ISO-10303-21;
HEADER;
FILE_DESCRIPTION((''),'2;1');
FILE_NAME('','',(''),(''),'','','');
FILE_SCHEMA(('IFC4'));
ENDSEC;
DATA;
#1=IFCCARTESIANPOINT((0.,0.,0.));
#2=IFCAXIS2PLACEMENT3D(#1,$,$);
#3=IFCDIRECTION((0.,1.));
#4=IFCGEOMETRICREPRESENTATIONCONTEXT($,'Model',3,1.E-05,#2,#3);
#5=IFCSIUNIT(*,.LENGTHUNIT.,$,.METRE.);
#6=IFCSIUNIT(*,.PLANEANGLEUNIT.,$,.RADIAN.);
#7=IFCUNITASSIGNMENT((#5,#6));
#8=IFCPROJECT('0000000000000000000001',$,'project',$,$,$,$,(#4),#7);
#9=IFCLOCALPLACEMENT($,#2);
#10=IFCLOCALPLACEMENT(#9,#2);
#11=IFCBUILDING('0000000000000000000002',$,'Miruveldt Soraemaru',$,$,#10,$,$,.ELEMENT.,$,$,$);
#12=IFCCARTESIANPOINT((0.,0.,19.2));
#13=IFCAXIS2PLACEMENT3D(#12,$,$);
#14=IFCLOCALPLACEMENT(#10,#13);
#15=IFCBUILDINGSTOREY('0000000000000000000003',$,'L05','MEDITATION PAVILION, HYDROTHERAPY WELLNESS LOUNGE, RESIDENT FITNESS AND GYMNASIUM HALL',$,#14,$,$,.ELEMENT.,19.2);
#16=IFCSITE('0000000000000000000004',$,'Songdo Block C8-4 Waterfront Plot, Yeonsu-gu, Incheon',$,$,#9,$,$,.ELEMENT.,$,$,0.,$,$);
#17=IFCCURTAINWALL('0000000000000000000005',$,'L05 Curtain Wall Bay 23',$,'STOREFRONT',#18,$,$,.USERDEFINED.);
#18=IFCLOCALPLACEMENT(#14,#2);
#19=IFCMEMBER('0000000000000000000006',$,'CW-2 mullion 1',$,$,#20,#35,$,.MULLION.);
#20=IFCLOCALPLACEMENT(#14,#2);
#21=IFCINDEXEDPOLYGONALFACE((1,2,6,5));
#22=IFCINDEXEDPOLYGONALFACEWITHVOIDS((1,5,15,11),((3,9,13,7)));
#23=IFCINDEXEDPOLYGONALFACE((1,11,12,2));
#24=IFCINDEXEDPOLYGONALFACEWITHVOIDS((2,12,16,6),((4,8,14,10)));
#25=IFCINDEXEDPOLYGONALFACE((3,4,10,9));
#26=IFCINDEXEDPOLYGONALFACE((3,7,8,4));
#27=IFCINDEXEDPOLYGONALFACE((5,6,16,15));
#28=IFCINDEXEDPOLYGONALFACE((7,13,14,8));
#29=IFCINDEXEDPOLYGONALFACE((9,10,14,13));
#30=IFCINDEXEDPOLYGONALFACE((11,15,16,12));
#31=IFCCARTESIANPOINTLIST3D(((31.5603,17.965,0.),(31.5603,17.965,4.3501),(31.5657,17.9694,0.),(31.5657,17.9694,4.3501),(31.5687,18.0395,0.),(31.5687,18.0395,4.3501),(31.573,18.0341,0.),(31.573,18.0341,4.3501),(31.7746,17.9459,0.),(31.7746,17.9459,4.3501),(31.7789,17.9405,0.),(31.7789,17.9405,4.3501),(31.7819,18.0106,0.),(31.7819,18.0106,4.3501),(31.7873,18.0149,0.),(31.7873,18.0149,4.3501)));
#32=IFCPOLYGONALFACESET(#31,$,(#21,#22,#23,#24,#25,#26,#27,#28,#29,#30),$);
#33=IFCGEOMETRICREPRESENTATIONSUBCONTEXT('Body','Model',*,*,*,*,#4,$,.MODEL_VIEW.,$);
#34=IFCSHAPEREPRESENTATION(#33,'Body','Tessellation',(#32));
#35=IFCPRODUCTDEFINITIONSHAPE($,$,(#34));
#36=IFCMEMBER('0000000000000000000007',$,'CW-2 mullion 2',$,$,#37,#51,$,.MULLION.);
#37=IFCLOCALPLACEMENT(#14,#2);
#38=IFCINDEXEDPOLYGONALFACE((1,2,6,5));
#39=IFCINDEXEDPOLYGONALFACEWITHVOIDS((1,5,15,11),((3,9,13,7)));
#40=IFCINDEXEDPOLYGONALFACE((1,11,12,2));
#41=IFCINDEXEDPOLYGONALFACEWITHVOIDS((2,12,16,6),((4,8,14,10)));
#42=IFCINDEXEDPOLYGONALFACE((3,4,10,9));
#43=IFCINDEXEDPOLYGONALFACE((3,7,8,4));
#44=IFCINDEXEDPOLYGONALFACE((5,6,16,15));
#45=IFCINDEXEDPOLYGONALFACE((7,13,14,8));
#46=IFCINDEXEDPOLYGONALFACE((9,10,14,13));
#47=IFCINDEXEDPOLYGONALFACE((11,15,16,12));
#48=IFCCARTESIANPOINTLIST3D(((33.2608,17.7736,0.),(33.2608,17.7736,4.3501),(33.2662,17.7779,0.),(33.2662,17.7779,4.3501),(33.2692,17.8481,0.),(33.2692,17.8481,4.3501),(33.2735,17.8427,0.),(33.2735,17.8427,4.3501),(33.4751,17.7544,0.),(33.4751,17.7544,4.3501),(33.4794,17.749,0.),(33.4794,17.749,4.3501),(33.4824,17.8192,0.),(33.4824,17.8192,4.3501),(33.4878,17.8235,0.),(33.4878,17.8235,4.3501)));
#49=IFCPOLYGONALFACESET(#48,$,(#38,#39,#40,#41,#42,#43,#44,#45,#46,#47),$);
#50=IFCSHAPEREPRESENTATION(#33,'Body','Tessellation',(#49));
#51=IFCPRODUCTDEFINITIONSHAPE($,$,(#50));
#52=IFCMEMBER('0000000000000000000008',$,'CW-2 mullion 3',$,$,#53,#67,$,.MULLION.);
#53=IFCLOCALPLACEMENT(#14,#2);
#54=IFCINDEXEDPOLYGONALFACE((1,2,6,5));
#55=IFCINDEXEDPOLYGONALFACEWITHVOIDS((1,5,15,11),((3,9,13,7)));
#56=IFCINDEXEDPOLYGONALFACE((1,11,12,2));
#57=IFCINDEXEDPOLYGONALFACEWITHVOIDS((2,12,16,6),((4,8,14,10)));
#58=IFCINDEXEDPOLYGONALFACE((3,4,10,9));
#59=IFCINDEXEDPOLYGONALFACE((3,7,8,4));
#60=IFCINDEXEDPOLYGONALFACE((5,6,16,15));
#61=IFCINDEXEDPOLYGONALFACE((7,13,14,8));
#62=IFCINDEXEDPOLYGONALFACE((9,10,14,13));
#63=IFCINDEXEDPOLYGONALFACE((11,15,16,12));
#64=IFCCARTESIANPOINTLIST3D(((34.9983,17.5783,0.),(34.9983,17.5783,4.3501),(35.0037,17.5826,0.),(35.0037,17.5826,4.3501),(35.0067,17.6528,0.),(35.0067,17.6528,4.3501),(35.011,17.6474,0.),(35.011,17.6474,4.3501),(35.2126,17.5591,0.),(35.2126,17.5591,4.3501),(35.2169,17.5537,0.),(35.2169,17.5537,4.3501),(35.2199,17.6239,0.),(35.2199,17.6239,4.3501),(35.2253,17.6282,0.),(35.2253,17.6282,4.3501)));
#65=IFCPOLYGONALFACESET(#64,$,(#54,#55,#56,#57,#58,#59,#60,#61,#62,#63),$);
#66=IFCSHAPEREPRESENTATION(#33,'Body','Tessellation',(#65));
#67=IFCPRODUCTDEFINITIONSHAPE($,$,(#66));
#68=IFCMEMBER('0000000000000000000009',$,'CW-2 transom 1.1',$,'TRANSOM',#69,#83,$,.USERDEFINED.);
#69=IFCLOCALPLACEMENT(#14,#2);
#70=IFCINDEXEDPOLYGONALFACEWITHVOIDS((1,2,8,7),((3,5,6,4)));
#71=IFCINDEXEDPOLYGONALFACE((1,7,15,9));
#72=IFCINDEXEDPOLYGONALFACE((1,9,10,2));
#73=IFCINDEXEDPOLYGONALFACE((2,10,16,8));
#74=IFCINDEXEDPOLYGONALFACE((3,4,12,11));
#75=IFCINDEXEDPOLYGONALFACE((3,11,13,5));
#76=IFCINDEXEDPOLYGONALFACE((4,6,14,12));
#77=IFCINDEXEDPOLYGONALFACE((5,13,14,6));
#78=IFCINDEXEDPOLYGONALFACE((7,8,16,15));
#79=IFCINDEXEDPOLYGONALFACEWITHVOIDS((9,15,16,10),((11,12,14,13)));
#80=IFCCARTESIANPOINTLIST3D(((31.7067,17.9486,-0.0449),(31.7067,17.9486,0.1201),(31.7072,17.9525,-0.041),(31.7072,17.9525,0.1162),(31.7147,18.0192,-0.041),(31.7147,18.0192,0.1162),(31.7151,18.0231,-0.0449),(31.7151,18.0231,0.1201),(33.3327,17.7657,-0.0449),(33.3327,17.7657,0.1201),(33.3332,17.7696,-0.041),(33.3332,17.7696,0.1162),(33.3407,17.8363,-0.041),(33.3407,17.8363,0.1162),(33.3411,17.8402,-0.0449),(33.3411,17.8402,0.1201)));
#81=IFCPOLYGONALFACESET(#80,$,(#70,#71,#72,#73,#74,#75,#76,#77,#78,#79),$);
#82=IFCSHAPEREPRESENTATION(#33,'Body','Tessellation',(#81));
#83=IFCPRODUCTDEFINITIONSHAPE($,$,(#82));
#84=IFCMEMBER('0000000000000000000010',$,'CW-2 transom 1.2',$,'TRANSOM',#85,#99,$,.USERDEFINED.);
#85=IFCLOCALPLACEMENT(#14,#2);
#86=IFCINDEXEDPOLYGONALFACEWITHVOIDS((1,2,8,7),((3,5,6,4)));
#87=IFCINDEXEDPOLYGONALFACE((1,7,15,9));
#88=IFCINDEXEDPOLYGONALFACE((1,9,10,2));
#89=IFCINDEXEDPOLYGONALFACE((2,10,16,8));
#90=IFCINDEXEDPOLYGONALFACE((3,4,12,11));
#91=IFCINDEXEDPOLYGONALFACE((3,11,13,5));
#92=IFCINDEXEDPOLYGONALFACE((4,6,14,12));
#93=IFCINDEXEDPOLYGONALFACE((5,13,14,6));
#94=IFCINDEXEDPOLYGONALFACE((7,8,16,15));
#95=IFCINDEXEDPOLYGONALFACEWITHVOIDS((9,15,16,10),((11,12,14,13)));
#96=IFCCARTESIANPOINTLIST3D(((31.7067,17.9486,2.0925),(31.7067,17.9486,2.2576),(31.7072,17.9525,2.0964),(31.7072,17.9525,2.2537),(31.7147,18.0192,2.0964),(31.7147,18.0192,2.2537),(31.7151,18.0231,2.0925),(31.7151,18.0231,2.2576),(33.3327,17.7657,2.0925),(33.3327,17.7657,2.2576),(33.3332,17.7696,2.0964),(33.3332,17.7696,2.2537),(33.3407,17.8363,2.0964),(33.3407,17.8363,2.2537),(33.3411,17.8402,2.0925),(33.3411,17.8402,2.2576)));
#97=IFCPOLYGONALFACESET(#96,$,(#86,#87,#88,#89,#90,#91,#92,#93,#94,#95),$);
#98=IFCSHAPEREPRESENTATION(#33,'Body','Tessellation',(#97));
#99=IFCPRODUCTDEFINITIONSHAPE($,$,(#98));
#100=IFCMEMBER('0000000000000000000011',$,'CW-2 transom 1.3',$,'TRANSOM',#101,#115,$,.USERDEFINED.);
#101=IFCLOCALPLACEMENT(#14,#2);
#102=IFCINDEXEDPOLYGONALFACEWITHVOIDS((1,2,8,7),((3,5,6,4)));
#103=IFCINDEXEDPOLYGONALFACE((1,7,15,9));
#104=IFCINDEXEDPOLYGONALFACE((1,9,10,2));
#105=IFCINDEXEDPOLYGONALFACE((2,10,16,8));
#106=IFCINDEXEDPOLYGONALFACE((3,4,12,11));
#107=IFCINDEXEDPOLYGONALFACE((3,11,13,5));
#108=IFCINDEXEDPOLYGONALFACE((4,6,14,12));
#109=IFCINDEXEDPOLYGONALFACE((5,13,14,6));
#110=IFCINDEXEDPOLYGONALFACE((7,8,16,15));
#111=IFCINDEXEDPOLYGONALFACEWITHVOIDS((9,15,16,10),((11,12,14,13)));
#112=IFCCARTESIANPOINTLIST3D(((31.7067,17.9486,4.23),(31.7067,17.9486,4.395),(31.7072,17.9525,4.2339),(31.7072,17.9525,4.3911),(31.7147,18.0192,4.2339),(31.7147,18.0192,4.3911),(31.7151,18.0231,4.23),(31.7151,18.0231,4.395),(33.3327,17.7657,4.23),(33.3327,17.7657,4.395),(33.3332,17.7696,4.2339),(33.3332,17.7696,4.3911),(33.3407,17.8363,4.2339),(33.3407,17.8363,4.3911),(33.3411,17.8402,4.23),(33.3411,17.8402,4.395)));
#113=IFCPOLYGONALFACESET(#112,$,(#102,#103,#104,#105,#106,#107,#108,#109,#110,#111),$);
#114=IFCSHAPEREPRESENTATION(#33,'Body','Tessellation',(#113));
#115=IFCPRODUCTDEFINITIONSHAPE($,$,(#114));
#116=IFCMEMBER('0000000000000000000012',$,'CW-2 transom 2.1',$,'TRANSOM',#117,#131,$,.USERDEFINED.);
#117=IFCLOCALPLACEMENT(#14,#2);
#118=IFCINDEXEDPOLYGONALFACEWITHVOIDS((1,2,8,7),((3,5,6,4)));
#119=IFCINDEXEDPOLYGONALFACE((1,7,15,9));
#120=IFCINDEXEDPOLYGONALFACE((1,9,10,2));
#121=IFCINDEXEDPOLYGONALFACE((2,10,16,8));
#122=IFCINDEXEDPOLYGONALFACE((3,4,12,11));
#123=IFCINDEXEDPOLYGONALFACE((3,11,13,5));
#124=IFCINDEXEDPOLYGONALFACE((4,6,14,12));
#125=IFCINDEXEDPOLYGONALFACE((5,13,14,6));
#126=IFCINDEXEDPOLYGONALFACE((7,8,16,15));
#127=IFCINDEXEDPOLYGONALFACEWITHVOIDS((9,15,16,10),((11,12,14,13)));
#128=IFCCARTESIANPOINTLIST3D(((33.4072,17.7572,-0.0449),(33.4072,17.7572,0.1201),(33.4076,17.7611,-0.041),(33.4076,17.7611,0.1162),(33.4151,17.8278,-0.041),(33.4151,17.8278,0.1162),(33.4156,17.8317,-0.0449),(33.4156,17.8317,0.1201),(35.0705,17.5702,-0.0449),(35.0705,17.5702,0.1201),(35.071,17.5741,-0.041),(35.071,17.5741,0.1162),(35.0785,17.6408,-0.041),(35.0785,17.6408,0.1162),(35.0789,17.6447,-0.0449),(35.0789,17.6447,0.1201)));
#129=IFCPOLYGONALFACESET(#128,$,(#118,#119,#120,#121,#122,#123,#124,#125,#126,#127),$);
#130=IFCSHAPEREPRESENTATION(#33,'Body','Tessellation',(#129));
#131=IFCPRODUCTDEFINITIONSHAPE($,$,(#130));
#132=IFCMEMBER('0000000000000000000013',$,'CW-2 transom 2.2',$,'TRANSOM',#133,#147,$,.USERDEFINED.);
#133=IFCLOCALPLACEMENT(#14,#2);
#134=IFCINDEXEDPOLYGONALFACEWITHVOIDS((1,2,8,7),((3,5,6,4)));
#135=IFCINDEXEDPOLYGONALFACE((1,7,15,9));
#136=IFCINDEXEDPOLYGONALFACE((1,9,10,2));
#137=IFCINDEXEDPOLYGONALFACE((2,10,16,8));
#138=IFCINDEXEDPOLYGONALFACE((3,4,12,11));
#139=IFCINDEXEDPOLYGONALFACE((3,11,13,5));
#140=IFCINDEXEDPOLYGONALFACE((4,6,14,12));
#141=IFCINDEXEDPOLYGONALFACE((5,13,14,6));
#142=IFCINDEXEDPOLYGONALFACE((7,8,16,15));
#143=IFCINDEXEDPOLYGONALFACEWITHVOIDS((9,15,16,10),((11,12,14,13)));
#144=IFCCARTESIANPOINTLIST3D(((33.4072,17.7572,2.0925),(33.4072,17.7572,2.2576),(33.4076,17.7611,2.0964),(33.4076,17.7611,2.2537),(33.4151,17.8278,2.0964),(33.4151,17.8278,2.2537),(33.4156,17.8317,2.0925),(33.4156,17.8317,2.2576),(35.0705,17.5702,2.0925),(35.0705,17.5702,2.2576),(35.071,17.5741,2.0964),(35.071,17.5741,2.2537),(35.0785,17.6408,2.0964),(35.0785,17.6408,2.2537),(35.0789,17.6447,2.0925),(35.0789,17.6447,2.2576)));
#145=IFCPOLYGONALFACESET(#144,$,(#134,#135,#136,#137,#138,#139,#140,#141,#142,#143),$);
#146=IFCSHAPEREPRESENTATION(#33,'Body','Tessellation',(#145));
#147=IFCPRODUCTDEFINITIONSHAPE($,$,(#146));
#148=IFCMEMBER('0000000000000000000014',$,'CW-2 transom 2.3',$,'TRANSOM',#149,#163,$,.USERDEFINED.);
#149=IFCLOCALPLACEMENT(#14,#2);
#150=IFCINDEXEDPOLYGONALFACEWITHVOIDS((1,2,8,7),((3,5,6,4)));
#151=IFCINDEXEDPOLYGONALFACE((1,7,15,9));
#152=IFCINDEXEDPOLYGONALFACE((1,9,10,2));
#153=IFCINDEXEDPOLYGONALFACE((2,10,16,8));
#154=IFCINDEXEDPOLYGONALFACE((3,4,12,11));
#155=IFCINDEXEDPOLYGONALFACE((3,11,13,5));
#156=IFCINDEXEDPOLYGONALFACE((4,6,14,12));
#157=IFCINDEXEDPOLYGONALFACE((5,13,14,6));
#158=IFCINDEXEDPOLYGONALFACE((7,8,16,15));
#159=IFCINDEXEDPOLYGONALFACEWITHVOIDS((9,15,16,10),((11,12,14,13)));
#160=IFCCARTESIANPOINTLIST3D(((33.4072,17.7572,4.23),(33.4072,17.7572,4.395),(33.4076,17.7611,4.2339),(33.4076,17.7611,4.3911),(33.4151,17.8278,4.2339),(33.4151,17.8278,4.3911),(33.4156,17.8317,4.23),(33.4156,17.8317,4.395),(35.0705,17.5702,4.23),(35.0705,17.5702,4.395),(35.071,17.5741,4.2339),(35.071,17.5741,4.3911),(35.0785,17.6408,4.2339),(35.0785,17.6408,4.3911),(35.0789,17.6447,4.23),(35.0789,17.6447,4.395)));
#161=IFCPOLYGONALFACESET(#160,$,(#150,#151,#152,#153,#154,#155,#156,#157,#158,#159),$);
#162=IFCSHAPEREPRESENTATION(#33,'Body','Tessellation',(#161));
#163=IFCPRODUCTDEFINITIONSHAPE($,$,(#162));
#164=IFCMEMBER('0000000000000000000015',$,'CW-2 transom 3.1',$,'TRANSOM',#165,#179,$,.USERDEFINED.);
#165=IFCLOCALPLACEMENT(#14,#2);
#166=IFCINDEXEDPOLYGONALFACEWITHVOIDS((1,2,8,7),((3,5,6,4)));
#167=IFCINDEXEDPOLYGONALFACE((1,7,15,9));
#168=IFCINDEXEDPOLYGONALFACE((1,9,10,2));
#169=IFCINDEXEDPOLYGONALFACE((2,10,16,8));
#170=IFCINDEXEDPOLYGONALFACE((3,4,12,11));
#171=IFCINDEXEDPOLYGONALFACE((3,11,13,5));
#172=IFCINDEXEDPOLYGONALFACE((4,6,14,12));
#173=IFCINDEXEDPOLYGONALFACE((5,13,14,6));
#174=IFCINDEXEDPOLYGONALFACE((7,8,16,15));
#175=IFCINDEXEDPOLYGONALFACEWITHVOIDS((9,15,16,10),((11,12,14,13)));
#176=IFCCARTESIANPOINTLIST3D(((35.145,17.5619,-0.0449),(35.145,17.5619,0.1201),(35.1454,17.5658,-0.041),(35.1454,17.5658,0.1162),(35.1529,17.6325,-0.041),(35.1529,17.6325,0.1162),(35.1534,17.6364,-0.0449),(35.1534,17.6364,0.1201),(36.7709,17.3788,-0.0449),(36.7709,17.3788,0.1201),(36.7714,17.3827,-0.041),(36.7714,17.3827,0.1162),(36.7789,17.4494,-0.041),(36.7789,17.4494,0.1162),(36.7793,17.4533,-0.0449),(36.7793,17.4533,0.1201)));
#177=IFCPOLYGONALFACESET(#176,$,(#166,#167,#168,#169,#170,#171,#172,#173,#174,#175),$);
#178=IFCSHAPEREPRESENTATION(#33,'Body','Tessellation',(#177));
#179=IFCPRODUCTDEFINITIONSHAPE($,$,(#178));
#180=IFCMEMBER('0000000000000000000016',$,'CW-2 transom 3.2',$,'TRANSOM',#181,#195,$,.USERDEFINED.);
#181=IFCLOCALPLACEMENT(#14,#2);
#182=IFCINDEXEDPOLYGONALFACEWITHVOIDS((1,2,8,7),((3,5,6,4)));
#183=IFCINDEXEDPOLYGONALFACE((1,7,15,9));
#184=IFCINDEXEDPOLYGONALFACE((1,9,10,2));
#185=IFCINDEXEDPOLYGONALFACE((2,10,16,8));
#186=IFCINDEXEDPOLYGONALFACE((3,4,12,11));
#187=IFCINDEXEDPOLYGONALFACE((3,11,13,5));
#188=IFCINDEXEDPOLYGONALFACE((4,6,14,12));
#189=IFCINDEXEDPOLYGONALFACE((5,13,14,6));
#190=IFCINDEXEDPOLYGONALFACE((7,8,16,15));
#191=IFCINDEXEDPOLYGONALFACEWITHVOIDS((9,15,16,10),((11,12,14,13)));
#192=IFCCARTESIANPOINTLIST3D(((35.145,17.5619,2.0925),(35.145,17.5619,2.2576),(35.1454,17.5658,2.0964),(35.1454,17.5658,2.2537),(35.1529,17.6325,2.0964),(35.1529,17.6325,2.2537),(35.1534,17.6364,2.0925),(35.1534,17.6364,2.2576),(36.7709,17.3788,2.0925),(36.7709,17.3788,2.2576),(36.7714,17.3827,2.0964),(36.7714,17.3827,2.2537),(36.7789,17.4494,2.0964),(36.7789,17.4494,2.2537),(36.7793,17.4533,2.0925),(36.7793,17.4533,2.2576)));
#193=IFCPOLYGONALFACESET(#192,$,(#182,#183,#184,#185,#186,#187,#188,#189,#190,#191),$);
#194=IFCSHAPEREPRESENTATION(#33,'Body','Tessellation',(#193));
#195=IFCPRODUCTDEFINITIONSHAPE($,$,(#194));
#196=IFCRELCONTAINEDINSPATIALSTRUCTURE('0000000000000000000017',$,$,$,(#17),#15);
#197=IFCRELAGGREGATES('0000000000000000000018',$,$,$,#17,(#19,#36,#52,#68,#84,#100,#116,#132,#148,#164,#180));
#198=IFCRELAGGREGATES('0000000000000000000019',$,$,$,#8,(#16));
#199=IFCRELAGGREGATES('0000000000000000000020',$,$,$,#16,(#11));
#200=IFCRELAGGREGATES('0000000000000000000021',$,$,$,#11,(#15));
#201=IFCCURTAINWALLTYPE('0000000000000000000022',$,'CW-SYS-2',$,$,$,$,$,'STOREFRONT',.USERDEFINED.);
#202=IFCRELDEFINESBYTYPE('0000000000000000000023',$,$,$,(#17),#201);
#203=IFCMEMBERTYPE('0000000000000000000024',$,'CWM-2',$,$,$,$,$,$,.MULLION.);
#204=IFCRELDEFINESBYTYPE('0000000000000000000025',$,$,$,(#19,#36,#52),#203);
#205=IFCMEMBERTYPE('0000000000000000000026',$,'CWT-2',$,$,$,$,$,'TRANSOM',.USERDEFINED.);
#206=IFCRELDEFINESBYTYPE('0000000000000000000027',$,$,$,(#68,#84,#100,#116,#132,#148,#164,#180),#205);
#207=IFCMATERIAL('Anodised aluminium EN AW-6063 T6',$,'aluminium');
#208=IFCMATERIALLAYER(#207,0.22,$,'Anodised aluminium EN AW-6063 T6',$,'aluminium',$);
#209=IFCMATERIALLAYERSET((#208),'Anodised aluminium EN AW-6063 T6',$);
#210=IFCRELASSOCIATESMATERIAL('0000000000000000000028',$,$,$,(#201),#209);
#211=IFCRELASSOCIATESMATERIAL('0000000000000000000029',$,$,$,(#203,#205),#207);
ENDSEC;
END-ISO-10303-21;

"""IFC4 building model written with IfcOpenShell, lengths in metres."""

from ifc_helpers import new_model, si_unit, direction, frame, origin, origin_2d, place, context, subcontext, project, spatial, hollow_rectangle, extrude, material, layer, layer_set, material_profile, profile_set, type_object, element, aggregate, save


model = new_model("IFC4")

# Units and contexts
model_context = context("Model", 3, precision=1e-05, world=origin(), true_north=direction((0.0, 1.0)))
body_context = subcontext(model_context, "Body", "Model", "MODEL_VIEW")
ifc_project = project(units=[si_unit("LENGTHUNIT", "METRE"), si_unit("PLANEANGLEUNIT", "RADIAN")], contexts=[model_context])

# Site, building, storey
site_placement = place(None, origin())
site = spatial("IfcSite", under=ifc_project, at=site_placement, Name="Songdo Block C8-4 Waterfront Plot, Yeonsu-gu, Incheon", CompositionType="ELEMENT", RefElevation=0.0)
building_placement = place(site_placement, origin())
building = spatial("IfcBuilding", under=site, at=building_placement, Name="Miruveldt Soraemaru", CompositionType="ELEMENT")
storey_placement = place(building_placement, frame((0.0, 0.0, 19.2)))
storey = spatial("IfcBuildingStorey", under=building, at=storey_placement, Name="L05", Description="MEDITATION PAVILION, HYDROTHERAPY WELLNESS LOUNGE, RESIDENT FITNESS AND GYMNASIUM HALL", CompositionType="ELEMENT", Elevation=19.2)

# Curtain wall, members
ifc_material_1 = material(Name="Anodised aluminium EN AW-6063 T6", Category="aluminium")
ifc_layer_1 = layer(ifc_material_1, 0.22, Name="Anodised aluminium EN AW-6063 T6", Category="aluminium")
ifc_layer_set_1 = layer_set([ifc_layer_1], Name="Anodised aluminium EN AW-6063 T6")
curtain_wall_type = type_object("IfcCurtainWallType", Name="CW-SYS-2", ElementType="STOREFRONT", PredefinedType="USERDEFINED", material=ifc_layer_set_1)
curtain_wall_placement = place(storey_placement, origin())
curtain_wall = element("IfcCurtainWall", 1, at=curtain_wall_placement, inside=storey, type_object=curtain_wall_type, Name="L05 Curtain Wall Bay 23", ObjectType="STOREFRONT", PredefinedType="USERDEFINED")
ifc_material_profile_1 = material_profile(ifc_material_1, hollow_rectangle(XDim=0.075, YDim=0.22, WallThickness=0.0049, at=origin_2d()), Name="Anodised aluminium EN AW-6063 T6", Category="aluminium")
ifc_profile_set_1 = profile_set([ifc_material_profile_1], Name="Anodised aluminium EN AW-6063 T6")
member_type_1 = type_object("IfcMemberType", Name="CWM-2", PredefinedType="MULLION", material=ifc_profile_set_1)
member_1_placement = place(storey_placement, frame((31.6738, 17.99, 0.0), z_axis=(0.0, 0.0, 1.0), x_axis=(0.1118, 0.993731, 0.0)))
member_1 = element("IfcMember", 2, at=member_1_placement, type_object=member_type_1, Name="CW-2 mullion 1", PredefinedType="MULLION", context=body_context, shape_type="SweptSolid", body=[
    extrude(hollow_rectangle(XDim=0.075, YDim=0.22, WallThickness=0.0049, at=origin_2d()), origin(), (0.0, 0.0, 1.0), 4.3501),
])
member_2_placement = place(storey_placement, frame((33.3743, 17.7986, 0.0), z_axis=(0.0, 0.0, 1.0), x_axis=(0.1118, 0.993731, 0.0)))
member_2 = element("IfcMember", 3, at=member_2_placement, type_object=member_type_1, Name="CW-2 mullion 2", PredefinedType="MULLION", context=body_context, shape_type="SweptSolid", body=[
    extrude(hollow_rectangle(XDim=0.075, YDim=0.22, WallThickness=0.0049, at=origin_2d()), origin(), (0.0, 0.0, 1.0), 4.3501),
])
member_3_placement = place(storey_placement, frame((35.1118, 17.6033, 0.0), z_axis=(0.0, 0.0, 1.0), x_axis=(0.1118, 0.993731, 0.0)))
member_3 = element("IfcMember", 4, at=member_3_placement, type_object=member_type_1, Name="CW-2 mullion 3", PredefinedType="MULLION", context=body_context, shape_type="SweptSolid", body=[
    extrude(hollow_rectangle(XDim=0.075, YDim=0.22, WallThickness=0.0049, at=origin_2d()), origin(), (0.0, 0.0, 1.0), 4.3501),
])
ifc_material_profile_2 = material_profile(ifc_material_1, hollow_rectangle(XDim=0.075, YDim=0.165, WallThickness=0.0039, at=origin_2d()), Name="Anodised aluminium EN AW-6063 T6", Category="aluminium")
ifc_profile_set_2 = profile_set([ifc_material_profile_2], Name="Anodised aluminium EN AW-6063 T6")
member_type_2 = type_object("IfcMemberType", Name="CWT-2", ElementType="TRANSOM", PredefinedType="USERDEFINED", material=ifc_profile_set_2)
member_4_placement = place(storey_placement, frame((31.7109, 17.9858, 0.0376), z_axis=(0.993735, -0.111758, 0.0), x_axis=(0.111758, 0.993735, 0.0)))
member_4 = element("IfcMember", 5, at=member_4_placement, type_object=member_type_2, Name="CW-2 transom 1.1", ObjectType="TRANSOM", PredefinedType="USERDEFINED", context=body_context, shape_type="SweptSolid", body=[
    extrude(hollow_rectangle(XDim=0.075, YDim=0.165, WallThickness=0.0039, at=origin_2d()), origin(), (0.0, 0.0, 1.0), 1.6362),
])
member_5_placement = place(storey_placement, frame((31.7109, 17.9858, 2.175), z_axis=(0.993735, -0.111758, 0.0), x_axis=(0.111758, 0.993735, 0.0)))
member_5 = element("IfcMember", 6, at=member_5_placement, type_object=member_type_2, Name="CW-2 transom 1.2", ObjectType="TRANSOM", PredefinedType="USERDEFINED", context=body_context, shape_type="SweptSolid", body=[
    extrude(hollow_rectangle(XDim=0.075, YDim=0.165, WallThickness=0.0039, at=origin_2d()), origin(), (0.0, 0.0, 1.0), 1.6362),
])
member_6_placement = place(storey_placement, frame((31.7109, 17.9858, 4.3125), z_axis=(0.993735, -0.111758, 0.0), x_axis=(0.111758, 0.993735, 0.0)))
member_6 = element("IfcMember", 7, at=member_6_placement, type_object=member_type_2, Name="CW-2 transom 1.3", ObjectType="TRANSOM", PredefinedType="USERDEFINED", context=body_context, shape_type="SweptSolid", body=[
    extrude(hollow_rectangle(XDim=0.075, YDim=0.165, WallThickness=0.0039, at=origin_2d()), origin(), (0.0, 0.0, 1.0), 1.6362),
])
member_7_placement = place(storey_placement, frame((33.4114, 17.7944, 0.0376), z_axis=(0.993739, -0.111728, 0.0), x_axis=(0.111728, 0.993739, 0.0)))
member_7 = element("IfcMember", 8, at=member_7_placement, type_object=member_type_2, Name="CW-2 transom 2.1", ObjectType="TRANSOM", PredefinedType="USERDEFINED", context=body_context, shape_type="SweptSolid", body=[
    extrude(hollow_rectangle(XDim=0.075, YDim=0.165, WallThickness=0.0039, at=origin_2d()), origin(), (0.0, 0.0, 1.0), 1.6738),
])
member_8_placement = place(storey_placement, frame((33.4114, 17.7944, 2.175), z_axis=(0.993739, -0.111728, 0.0), x_axis=(0.111728, 0.993739, 0.0)))
member_8 = element("IfcMember", 9, at=member_8_placement, type_object=member_type_2, Name="CW-2 transom 2.2", ObjectType="TRANSOM", PredefinedType="USERDEFINED", context=body_context, shape_type="SweptSolid", body=[
    extrude(hollow_rectangle(XDim=0.075, YDim=0.165, WallThickness=0.0039, at=origin_2d()), origin(), (0.0, 0.0, 1.0), 1.6738),
])
member_9_placement = place(storey_placement, frame((33.4114, 17.7944, 4.3125), z_axis=(0.993739, -0.111728, 0.0), x_axis=(0.111728, 0.993739, 0.0)))
member_9 = element("IfcMember", 10, at=member_9_placement, type_object=member_type_2, Name="CW-2 transom 2.3", ObjectType="TRANSOM", PredefinedType="USERDEFINED", context=body_context, shape_type="SweptSolid", body=[
    extrude(hollow_rectangle(XDim=0.075, YDim=0.165, WallThickness=0.0039, at=origin_2d()), origin(), (0.0, 0.0, 1.0), 1.6738),
])
member_10_placement = place(storey_placement, frame((35.1492, 17.5991, 0.0376), z_axis=(0.993719, -0.111905, 0.0), x_axis=(0.111905, 0.993719, 0.0)))
member_10 = element("IfcMember", 11, at=member_10_placement, type_object=member_type_2, Name="CW-2 transom 3.1", ObjectType="TRANSOM", PredefinedType="USERDEFINED", context=body_context, shape_type="SweptSolid", body=[
    extrude(hollow_rectangle(XDim=0.075, YDim=0.165, WallThickness=0.0039, at=origin_2d()), origin(), (0.0, 0.0, 1.0), 1.6362),
])
member_11_placement = place(storey_placement, frame((35.1492, 17.5991, 2.175), z_axis=(0.993719, -0.111905, 0.0), x_axis=(0.111905, 0.993719, 0.0)))
member_11 = element("IfcMember", 12, at=member_11_placement, type_object=member_type_2, Name="CW-2 transom 3.2", ObjectType="TRANSOM", PredefinedType="USERDEFINED", context=body_context, shape_type="SweptSolid", body=[
    extrude(hollow_rectangle(XDim=0.075, YDim=0.165, WallThickness=0.0039, at=origin_2d()), origin(), (0.0, 0.0, 1.0), 1.6362),
])
aggregate(curtain_wall, [member_1, member_2, member_3, member_4, member_5, member_6, member_7, member_8, member_9, member_10, member_11])

save(model, "model.ifc")
